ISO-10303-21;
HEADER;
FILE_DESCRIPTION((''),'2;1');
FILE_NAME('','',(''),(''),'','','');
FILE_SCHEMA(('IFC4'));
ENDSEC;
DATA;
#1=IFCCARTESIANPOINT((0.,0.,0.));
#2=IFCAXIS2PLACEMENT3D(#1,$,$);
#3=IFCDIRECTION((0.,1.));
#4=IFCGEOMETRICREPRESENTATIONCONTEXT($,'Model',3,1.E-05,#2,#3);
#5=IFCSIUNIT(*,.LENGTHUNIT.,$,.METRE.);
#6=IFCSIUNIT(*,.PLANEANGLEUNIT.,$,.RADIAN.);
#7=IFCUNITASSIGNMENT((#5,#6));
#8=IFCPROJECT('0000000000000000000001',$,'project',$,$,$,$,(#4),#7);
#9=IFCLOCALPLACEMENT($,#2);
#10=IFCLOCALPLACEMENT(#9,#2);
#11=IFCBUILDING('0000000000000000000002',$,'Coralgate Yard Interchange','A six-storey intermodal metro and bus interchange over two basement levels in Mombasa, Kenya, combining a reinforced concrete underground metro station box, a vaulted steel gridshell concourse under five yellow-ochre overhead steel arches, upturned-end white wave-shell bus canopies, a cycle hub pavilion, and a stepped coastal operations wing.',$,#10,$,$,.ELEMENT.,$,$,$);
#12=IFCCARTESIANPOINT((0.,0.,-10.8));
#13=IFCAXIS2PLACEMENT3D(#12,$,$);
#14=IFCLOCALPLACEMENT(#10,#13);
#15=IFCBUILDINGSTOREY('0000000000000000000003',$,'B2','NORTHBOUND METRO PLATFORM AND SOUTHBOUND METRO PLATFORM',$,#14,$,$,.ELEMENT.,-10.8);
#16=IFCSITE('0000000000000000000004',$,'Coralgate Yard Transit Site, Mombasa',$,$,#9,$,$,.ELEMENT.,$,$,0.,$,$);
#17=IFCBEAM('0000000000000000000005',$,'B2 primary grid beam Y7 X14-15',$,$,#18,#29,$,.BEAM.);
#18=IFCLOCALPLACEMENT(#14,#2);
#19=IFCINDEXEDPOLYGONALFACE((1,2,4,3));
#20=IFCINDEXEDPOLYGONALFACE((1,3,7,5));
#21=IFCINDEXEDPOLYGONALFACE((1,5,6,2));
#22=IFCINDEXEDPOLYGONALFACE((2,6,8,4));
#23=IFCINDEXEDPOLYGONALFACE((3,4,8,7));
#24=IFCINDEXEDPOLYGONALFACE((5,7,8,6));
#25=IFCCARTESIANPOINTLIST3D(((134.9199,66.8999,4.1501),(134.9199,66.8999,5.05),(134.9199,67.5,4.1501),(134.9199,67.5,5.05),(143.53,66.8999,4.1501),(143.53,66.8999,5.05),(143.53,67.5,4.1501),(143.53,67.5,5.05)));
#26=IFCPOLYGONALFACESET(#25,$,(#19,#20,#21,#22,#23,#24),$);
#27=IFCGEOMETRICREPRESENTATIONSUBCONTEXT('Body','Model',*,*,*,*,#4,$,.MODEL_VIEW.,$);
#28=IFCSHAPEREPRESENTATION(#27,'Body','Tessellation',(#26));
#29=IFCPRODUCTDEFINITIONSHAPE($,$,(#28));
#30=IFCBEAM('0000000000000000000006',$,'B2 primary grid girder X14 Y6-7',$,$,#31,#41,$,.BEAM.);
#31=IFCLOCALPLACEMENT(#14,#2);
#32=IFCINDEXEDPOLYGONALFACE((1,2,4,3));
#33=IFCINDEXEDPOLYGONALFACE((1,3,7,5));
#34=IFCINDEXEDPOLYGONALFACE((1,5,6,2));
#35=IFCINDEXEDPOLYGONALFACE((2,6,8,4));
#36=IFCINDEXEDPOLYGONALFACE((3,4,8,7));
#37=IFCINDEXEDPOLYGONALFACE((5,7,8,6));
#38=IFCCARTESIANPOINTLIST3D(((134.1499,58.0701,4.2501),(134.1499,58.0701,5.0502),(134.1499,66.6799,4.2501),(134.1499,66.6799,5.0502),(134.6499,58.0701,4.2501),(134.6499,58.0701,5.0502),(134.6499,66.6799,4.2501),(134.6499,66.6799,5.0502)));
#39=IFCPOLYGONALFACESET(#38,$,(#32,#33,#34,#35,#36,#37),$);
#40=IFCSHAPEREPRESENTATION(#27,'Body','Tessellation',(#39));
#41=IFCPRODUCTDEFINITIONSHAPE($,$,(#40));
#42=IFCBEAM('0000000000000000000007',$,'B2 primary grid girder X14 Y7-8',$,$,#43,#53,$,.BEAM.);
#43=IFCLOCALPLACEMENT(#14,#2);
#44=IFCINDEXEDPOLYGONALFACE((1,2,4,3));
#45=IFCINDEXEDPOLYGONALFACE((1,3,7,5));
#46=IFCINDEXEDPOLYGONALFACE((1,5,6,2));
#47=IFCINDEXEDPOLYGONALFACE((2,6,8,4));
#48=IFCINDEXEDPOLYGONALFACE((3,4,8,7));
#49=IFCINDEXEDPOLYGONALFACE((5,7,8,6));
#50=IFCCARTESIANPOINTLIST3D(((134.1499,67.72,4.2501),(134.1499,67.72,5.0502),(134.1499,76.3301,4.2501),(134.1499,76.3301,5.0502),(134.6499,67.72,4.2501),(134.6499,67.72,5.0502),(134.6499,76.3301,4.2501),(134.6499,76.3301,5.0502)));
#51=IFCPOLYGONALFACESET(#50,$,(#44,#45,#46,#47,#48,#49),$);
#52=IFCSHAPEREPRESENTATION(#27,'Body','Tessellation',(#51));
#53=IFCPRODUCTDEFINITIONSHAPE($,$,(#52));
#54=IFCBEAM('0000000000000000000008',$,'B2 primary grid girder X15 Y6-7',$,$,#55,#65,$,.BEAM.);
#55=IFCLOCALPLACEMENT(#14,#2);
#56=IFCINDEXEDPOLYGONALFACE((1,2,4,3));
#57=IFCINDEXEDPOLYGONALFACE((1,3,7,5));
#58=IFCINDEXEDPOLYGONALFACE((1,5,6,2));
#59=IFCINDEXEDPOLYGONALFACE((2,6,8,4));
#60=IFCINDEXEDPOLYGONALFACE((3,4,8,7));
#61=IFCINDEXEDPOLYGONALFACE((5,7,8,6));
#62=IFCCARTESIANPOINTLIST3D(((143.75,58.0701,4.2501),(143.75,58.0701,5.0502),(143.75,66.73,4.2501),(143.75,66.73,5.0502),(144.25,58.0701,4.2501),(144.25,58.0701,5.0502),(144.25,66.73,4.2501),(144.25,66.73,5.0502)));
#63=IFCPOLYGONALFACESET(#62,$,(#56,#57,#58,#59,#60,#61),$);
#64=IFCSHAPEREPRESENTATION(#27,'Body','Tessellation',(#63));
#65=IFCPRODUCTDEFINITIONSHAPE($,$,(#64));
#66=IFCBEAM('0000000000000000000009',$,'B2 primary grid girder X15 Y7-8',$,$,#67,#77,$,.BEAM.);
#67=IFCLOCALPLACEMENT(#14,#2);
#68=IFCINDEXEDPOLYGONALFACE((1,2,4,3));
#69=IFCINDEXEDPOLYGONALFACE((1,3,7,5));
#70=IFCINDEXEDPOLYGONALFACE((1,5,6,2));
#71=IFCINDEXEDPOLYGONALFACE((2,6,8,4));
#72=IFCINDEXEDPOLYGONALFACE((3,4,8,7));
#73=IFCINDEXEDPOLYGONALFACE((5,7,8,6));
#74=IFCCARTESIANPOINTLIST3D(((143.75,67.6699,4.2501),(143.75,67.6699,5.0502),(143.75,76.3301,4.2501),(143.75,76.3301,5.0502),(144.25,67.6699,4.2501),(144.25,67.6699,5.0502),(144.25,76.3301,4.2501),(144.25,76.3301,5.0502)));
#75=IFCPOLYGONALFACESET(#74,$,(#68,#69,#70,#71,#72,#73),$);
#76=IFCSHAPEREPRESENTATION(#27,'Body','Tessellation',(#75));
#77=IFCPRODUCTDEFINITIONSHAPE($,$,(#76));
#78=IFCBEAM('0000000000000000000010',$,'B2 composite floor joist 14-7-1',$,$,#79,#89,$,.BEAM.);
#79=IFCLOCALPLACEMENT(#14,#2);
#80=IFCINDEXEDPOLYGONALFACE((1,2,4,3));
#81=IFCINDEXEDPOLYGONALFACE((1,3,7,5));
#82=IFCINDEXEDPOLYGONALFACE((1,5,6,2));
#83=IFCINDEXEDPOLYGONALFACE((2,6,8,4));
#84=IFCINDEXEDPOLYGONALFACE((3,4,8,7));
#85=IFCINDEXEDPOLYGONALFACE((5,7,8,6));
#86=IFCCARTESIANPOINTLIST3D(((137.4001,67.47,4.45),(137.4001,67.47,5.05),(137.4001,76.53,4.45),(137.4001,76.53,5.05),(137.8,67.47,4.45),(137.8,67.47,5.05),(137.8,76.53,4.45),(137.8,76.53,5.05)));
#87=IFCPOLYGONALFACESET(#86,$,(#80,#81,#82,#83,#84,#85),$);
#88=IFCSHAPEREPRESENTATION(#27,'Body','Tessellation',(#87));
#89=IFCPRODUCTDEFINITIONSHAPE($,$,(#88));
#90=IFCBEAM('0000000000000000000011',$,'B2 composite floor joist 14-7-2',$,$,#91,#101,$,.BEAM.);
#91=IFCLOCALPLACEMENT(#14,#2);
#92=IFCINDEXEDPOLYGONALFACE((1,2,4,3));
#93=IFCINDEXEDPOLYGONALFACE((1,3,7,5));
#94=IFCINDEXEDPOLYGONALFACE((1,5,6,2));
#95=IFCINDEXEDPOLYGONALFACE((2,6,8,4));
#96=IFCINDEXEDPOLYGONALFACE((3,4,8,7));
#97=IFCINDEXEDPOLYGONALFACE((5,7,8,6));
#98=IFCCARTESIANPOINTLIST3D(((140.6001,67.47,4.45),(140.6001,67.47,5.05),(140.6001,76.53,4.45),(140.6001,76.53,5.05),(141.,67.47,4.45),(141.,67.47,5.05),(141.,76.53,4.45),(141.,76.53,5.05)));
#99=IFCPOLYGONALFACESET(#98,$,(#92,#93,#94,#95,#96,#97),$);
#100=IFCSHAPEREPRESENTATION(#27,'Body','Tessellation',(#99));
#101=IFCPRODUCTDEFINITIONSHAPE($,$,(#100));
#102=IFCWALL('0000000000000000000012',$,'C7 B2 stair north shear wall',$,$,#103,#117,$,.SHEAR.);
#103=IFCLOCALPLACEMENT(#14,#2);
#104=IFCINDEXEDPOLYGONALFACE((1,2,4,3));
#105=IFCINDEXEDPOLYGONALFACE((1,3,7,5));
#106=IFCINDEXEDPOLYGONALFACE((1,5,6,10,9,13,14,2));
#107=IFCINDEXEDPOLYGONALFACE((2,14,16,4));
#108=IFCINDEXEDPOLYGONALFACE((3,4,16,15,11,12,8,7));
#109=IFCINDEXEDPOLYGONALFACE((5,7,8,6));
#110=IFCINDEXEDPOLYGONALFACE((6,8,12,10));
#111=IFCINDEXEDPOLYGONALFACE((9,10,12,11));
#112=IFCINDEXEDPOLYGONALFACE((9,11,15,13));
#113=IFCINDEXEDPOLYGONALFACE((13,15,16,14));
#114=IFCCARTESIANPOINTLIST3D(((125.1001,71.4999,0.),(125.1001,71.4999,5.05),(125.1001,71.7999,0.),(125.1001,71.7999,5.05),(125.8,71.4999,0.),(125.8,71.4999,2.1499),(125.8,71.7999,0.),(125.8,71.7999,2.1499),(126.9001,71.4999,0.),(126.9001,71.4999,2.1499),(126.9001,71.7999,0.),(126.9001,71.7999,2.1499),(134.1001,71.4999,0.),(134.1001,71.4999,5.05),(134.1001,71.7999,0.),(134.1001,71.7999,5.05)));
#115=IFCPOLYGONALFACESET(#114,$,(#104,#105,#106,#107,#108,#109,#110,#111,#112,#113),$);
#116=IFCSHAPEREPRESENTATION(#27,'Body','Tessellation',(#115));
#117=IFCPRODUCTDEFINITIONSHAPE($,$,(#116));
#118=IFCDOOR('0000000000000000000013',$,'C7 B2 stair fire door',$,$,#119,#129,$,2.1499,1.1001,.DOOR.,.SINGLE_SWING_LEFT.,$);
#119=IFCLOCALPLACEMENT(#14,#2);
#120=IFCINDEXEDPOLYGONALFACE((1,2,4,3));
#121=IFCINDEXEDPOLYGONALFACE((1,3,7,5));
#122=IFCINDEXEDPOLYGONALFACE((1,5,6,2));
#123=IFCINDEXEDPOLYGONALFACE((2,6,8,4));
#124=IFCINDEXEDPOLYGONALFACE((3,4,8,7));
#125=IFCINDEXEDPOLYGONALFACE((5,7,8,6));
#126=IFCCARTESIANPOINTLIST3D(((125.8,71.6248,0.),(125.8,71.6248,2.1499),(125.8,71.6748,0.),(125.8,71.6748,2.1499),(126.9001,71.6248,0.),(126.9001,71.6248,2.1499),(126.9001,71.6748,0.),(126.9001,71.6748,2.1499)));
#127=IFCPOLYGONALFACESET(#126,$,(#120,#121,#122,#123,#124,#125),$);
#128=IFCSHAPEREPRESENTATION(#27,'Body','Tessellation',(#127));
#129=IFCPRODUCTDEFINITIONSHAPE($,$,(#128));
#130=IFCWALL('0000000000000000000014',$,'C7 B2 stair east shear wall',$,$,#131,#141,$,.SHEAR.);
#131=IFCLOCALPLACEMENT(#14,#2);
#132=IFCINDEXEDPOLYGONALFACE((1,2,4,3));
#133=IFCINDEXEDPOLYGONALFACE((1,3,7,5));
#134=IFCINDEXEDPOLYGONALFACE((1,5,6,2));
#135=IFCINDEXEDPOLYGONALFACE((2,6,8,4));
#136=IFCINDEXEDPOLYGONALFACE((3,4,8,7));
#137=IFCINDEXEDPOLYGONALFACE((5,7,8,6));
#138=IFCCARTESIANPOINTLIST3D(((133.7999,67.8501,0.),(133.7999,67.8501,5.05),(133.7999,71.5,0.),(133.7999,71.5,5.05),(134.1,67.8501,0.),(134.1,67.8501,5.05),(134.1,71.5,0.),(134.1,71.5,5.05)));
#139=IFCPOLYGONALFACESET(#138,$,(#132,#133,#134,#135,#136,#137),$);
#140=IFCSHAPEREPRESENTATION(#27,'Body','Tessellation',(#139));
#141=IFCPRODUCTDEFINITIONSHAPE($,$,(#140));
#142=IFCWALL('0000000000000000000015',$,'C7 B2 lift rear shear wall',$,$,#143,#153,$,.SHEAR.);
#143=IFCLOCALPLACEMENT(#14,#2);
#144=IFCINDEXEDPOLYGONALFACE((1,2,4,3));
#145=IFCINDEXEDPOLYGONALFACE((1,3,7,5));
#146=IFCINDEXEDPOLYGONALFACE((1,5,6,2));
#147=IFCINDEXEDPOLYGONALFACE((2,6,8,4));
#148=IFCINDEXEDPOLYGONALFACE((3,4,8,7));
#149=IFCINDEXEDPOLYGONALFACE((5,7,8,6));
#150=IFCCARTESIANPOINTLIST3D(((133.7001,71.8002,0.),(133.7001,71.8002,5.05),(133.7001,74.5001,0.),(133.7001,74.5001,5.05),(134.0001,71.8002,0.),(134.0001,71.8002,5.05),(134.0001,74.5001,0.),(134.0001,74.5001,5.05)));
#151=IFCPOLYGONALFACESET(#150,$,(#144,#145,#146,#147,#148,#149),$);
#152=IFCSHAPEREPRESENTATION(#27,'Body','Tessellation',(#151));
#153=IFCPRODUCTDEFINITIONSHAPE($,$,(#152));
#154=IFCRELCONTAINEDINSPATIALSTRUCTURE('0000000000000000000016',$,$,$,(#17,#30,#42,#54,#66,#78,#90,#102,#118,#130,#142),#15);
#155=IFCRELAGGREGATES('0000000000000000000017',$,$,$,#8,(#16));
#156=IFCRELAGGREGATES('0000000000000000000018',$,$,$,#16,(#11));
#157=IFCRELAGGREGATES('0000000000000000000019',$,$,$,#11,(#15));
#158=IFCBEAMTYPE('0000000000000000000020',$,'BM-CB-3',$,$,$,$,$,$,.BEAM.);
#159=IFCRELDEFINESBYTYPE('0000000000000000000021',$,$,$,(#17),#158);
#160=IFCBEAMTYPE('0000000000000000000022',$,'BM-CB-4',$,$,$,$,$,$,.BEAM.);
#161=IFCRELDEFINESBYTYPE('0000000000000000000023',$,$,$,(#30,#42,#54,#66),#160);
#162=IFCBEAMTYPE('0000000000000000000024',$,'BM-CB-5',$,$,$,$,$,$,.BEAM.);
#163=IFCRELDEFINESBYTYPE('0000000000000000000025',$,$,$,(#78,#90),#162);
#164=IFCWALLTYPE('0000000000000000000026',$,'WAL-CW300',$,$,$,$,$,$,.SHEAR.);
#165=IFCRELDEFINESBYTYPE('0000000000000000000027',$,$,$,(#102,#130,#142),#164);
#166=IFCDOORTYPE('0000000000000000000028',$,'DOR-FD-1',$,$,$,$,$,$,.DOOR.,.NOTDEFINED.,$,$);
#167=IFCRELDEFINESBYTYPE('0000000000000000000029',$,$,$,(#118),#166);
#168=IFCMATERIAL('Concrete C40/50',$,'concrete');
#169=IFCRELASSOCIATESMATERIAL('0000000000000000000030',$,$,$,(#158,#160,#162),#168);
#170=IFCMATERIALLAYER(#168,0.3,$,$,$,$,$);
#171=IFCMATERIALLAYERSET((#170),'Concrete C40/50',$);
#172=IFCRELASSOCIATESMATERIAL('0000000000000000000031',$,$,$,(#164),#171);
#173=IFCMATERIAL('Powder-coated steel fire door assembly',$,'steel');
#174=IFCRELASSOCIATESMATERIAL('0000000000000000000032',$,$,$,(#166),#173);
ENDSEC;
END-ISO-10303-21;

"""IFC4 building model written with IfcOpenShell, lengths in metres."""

from ifc_helpers import new_model, si_unit, direction, frame, frame_2d, origin, origin_2d, place, context, subcontext, project, spatial, rectangle, extrude, material, layer, layer_set, material_profile, profile_set, type_object, element, fill, save


model = new_model("IFC4")

# Units and contexts
model_context = context("Model", 3, precision=1e-05, world=origin(), true_north=direction((0.0, 1.0)))
body_context = subcontext(model_context, "Body", "Model", "MODEL_VIEW")
ifc_project = project(units=[si_unit("LENGTHUNIT", "METRE"), si_unit("PLANEANGLEUNIT", "RADIAN")], contexts=[model_context])

# Site, building, storey
site_placement = place(None, origin())
site = spatial("IfcSite", under=ifc_project, at=site_placement, Name="Coralgate Yard Transit Site, Mombasa", CompositionType="ELEMENT", RefElevation=0.0)
building_placement = place(site_placement, origin())
building = spatial("IfcBuilding", under=site, at=building_placement, Name="Coralgate Yard Interchange", Description="A six-storey intermodal metro and bus interchange over two basement levels in Mombasa, Kenya, combining a reinforced concrete underground metro station box, a vaulted steel gridshell concourse under five yellow-ochre overhead steel arches, upturned-end white wave-shell bus canopies, a cycle hub pavilion, and a stepped coastal operations wing.", CompositionType="ELEMENT")
storey_placement = place(building_placement, frame((0.0, 0.0, -10.8)))
storey = spatial("IfcBuildingStorey", under=building, at=storey_placement, Name="B2", Description="NORTHBOUND METRO PLATFORM AND SOUTHBOUND METRO PLATFORM", CompositionType="ELEMENT", Elevation=-10.8)

# Shared definitions
ifc_material_1 = material(Name="Concrete C40/50", Category="concrete")

# Beams
ifc_material_profile_1 = material_profile(ifc_material_1, rectangle(XDim=0.6001, YDim=0.8999, at=origin_2d()), Name="RC 600x900")
ifc_profile_set_1 = profile_set([ifc_material_profile_1], Name="Concrete C40/50")
beam_type_1 = type_object("IfcBeamType", Name="BM-CB-3", PredefinedType="BEAM", material=ifc_profile_set_1)
beam_1_placement = place(storey_placement, frame((134.9199, 67.2, 4.6001), z_axis=(1.0, 0.0, 0.0), x_axis=(0.0, 1.0, 0.0)))
element("IfcBeam", 1, at=beam_1_placement, inside=storey, type_object=beam_type_1, Name="B2 primary grid beam Y7 X14-15", PredefinedType="BEAM", context=body_context, shape_type="SweptSolid", body=[
    extrude(rectangle(XDim=0.6001, YDim=0.8999, at=origin_2d()), origin(), (0.0, 0.0, 1.0), 8.6101),
])
ifc_material_profile_2 = material_profile(ifc_material_1, rectangle(XDim=0.5, YDim=0.8, at=origin_2d()), Name="RC 500x800")
ifc_profile_set_2 = profile_set([ifc_material_profile_2], Name="Concrete C40/50")
beam_type_2 = type_object("IfcBeamType", Name="BM-CB-4", PredefinedType="BEAM", material=ifc_profile_set_2)
beam_2_placement = place(storey_placement, frame((134.3999, 58.0701, 4.6501), z_axis=(0.0, 1.0, 0.0), x_axis=(-1.0, 0.0, 0.0)))
element("IfcBeam", 2, at=beam_2_placement, inside=storey, type_object=beam_type_2, Name="B2 primary grid girder X14 Y6-7", PredefinedType="BEAM", context=body_context, shape_type="SweptSolid", body=[
    extrude(rectangle(XDim=0.5, YDim=0.8, at=origin_2d()), origin(), (0.0, 0.0, 1.0), 8.6099),
])
beam_3_placement = place(storey_placement, frame((134.3999, 67.72, 4.6501), z_axis=(0.0, 1.0, 0.0), x_axis=(-1.0, 0.0, 0.0)))
element("IfcBeam", 3, at=beam_3_placement, inside=storey, type_object=beam_type_2, Name="B2 primary grid girder X14 Y7-8", PredefinedType="BEAM", context=body_context, shape_type="SweptSolid", body=[
    extrude(rectangle(XDim=0.5, YDim=0.8, at=origin_2d()), origin(), (0.0, 0.0, 1.0), 8.6101),
])
beam_4_placement = place(storey_placement, frame((144.0, 58.0701, 4.6501), z_axis=(0.0, 1.0, 0.0), x_axis=(-1.0, 0.0, 0.0)))
element("IfcBeam", 4, at=beam_4_placement, inside=storey, type_object=beam_type_2, Name="B2 primary grid girder X15 Y6-7", PredefinedType="BEAM", context=body_context, shape_type="SweptSolid", body=[
    extrude(rectangle(XDim=0.5, YDim=0.8, at=origin_2d()), origin(), (0.0, 0.0, 1.0), 8.6599),
])
beam_5_placement = place(storey_placement, frame((144.0, 67.6699, 4.6501), z_axis=(0.0, 1.0, 0.0), x_axis=(-1.0, 0.0, 0.0)))
element("IfcBeam", 5, at=beam_5_placement, inside=storey, type_object=beam_type_2, Name="B2 primary grid girder X15 Y7-8", PredefinedType="BEAM", context=body_context, shape_type="SweptSolid", body=[
    extrude(rectangle(XDim=0.5, YDim=0.8, at=origin_2d()), origin(), (0.0, 0.0, 1.0), 8.6602),
])
ifc_material_profile_3 = material_profile(ifc_material_1, rectangle(XDim=0.3999, YDim=0.6001, at=origin_2d()), Name="RC 400x600")
ifc_profile_set_3 = profile_set([ifc_material_profile_3], Name="Concrete C40/50")
beam_type_3 = type_object("IfcBeamType", Name="BM-CB-5", PredefinedType="BEAM", material=ifc_profile_set_3)
for number, where, z_axis, x_axis, name in (
    (6, (137.6001, 67.47, 4.75), (0.0, 1.0, 0.0), (-1.0, 0.0, 0.0), "B2 composite floor joist 14-7-1"),
    (7, (140.8, 67.47, 4.75), (0.0, 1.0, 0.0), (-1.0, 0.0, 0.0), "B2 composite floor joist 14-7-2"),
):
    element("IfcBeam", number, at=place(storey_placement, frame(where, z_axis=z_axis, x_axis=x_axis)), inside=storey, type_object=beam_type_3, Name=name, PredefinedType="BEAM", context=body_context, shape_type="SweptSolid", body=[
        extrude(rectangle(XDim=0.3999, YDim=0.6001, at=origin_2d()), origin(), (0.0, 0.0, 1.0), 9.0601),
    ])

# Wall, opening, door
ifc_layer = layer(ifc_material_1, 0.3)
ifc_layer_set = layer_set([ifc_layer], Name="Concrete C40/50")
wall_type = type_object("IfcWallType", Name="WAL-CW300", PredefinedType="SHEAR", material=ifc_layer_set)
wall_1_placement = place(storey_placement, frame((134.1001, 71.6499, 0.0), z_axis=(0.0, 0.0, 1.0), x_axis=(-1.0, 0.0, 0.0)))
wall_1 = element("IfcWall", 8, at=wall_1_placement, inside=storey, type_object=wall_type, Name="C7 B2 stair north shear wall", PredefinedType="SHEAR", context=body_context, shape_type="SweptSolid", body=[
    extrude(rectangle(XDim=9.0, YDim=0.3, at=frame_2d((4.5, 0.0))), origin(), (0.0, 0.0, 1.0), 5.05),
])
opening_placement = place(wall_1_placement, frame((7.2, 0.0, 0.0)))
opening = element("IfcOpeningElement", 9, at=opening_placement, cuts=wall_1, PredefinedType="OPENING", context=body_context, shape_type="SweptSolid", body=[
    extrude(rectangle(XDim=1.1001, YDim=2.1499, at=frame_2d((0.55, 1.075))), frame((0.0, 0.1599, 0.0), z_axis=(0.0, -1.0, 0.0), x_axis=(1.0, 0.0, 0.0)), (0.0, 0.0, 1.0), 0.3201),
])
ifc_material_2 = material(Name="Powder-coated steel fire door assembly", Category="steel")
door_type = type_object("IfcDoorType", Name="DOR-FD-1", OperationType="NOTDEFINED", PredefinedType="DOOR", material=ifc_material_2)
door_placement = place(opening_placement, frame((1.1001, 0.0, 0.0), z_axis=(0.0, 0.0, 1.0), x_axis=(-1.0, 0.0, 0.0)))
door = element("IfcDoor", 10, at=door_placement, inside=storey, type_object=door_type, Name="C7 B2 stair fire door", OperationType="SINGLE_SWING_LEFT", OverallHeight=2.1499, OverallWidth=1.1001, PredefinedType="DOOR", context=body_context, shape_type="SweptSolid", body=[
    extrude(rectangle(XDim=1.1001, YDim=2.1499, at=frame_2d((0.55, 1.075))), frame((0.0, 0.0249, 0.0), z_axis=(0.0, -1.0, 0.0), x_axis=(1.0, 0.0, 0.0)), (0.0, 0.0, 1.0), 0.05),
])
fill(opening, door)

# Walls
wall_2_placement = place(storey_placement, frame((133.95, 71.5, 0.0), z_axis=(0.0, 0.0, 1.0), x_axis=(0.0, -1.0, 0.0)))
element("IfcWall", 11, at=wall_2_placement, inside=storey, type_object=wall_type, Name="C7 B2 stair east shear wall", PredefinedType="SHEAR", context=body_context, shape_type="SweptSolid", body=[
    extrude(rectangle(XDim=3.6499, YDim=0.3, at=frame_2d((1.825, 0.0))), origin(), (0.0, 0.0, 1.0), 5.05),
])
wall_3_placement = place(storey_placement, frame((133.8501, 71.8, 0.0), z_axis=(0.0, 0.0, 1.0), x_axis=(0.0, 1.0, 0.0)))
element("IfcWall", 12, at=wall_3_placement, inside=storey, type_object=wall_type, Name="C7 B2 lift rear shear wall", PredefinedType="SHEAR", context=body_context, shape_type="SweptSolid", body=[
    extrude(rectangle(XDim=2.7, YDim=0.3, at=frame_2d((1.3501, 0.0))), origin(), (0.0, 0.0, 1.0), 5.05),
])

save(model, "model.ifc")
